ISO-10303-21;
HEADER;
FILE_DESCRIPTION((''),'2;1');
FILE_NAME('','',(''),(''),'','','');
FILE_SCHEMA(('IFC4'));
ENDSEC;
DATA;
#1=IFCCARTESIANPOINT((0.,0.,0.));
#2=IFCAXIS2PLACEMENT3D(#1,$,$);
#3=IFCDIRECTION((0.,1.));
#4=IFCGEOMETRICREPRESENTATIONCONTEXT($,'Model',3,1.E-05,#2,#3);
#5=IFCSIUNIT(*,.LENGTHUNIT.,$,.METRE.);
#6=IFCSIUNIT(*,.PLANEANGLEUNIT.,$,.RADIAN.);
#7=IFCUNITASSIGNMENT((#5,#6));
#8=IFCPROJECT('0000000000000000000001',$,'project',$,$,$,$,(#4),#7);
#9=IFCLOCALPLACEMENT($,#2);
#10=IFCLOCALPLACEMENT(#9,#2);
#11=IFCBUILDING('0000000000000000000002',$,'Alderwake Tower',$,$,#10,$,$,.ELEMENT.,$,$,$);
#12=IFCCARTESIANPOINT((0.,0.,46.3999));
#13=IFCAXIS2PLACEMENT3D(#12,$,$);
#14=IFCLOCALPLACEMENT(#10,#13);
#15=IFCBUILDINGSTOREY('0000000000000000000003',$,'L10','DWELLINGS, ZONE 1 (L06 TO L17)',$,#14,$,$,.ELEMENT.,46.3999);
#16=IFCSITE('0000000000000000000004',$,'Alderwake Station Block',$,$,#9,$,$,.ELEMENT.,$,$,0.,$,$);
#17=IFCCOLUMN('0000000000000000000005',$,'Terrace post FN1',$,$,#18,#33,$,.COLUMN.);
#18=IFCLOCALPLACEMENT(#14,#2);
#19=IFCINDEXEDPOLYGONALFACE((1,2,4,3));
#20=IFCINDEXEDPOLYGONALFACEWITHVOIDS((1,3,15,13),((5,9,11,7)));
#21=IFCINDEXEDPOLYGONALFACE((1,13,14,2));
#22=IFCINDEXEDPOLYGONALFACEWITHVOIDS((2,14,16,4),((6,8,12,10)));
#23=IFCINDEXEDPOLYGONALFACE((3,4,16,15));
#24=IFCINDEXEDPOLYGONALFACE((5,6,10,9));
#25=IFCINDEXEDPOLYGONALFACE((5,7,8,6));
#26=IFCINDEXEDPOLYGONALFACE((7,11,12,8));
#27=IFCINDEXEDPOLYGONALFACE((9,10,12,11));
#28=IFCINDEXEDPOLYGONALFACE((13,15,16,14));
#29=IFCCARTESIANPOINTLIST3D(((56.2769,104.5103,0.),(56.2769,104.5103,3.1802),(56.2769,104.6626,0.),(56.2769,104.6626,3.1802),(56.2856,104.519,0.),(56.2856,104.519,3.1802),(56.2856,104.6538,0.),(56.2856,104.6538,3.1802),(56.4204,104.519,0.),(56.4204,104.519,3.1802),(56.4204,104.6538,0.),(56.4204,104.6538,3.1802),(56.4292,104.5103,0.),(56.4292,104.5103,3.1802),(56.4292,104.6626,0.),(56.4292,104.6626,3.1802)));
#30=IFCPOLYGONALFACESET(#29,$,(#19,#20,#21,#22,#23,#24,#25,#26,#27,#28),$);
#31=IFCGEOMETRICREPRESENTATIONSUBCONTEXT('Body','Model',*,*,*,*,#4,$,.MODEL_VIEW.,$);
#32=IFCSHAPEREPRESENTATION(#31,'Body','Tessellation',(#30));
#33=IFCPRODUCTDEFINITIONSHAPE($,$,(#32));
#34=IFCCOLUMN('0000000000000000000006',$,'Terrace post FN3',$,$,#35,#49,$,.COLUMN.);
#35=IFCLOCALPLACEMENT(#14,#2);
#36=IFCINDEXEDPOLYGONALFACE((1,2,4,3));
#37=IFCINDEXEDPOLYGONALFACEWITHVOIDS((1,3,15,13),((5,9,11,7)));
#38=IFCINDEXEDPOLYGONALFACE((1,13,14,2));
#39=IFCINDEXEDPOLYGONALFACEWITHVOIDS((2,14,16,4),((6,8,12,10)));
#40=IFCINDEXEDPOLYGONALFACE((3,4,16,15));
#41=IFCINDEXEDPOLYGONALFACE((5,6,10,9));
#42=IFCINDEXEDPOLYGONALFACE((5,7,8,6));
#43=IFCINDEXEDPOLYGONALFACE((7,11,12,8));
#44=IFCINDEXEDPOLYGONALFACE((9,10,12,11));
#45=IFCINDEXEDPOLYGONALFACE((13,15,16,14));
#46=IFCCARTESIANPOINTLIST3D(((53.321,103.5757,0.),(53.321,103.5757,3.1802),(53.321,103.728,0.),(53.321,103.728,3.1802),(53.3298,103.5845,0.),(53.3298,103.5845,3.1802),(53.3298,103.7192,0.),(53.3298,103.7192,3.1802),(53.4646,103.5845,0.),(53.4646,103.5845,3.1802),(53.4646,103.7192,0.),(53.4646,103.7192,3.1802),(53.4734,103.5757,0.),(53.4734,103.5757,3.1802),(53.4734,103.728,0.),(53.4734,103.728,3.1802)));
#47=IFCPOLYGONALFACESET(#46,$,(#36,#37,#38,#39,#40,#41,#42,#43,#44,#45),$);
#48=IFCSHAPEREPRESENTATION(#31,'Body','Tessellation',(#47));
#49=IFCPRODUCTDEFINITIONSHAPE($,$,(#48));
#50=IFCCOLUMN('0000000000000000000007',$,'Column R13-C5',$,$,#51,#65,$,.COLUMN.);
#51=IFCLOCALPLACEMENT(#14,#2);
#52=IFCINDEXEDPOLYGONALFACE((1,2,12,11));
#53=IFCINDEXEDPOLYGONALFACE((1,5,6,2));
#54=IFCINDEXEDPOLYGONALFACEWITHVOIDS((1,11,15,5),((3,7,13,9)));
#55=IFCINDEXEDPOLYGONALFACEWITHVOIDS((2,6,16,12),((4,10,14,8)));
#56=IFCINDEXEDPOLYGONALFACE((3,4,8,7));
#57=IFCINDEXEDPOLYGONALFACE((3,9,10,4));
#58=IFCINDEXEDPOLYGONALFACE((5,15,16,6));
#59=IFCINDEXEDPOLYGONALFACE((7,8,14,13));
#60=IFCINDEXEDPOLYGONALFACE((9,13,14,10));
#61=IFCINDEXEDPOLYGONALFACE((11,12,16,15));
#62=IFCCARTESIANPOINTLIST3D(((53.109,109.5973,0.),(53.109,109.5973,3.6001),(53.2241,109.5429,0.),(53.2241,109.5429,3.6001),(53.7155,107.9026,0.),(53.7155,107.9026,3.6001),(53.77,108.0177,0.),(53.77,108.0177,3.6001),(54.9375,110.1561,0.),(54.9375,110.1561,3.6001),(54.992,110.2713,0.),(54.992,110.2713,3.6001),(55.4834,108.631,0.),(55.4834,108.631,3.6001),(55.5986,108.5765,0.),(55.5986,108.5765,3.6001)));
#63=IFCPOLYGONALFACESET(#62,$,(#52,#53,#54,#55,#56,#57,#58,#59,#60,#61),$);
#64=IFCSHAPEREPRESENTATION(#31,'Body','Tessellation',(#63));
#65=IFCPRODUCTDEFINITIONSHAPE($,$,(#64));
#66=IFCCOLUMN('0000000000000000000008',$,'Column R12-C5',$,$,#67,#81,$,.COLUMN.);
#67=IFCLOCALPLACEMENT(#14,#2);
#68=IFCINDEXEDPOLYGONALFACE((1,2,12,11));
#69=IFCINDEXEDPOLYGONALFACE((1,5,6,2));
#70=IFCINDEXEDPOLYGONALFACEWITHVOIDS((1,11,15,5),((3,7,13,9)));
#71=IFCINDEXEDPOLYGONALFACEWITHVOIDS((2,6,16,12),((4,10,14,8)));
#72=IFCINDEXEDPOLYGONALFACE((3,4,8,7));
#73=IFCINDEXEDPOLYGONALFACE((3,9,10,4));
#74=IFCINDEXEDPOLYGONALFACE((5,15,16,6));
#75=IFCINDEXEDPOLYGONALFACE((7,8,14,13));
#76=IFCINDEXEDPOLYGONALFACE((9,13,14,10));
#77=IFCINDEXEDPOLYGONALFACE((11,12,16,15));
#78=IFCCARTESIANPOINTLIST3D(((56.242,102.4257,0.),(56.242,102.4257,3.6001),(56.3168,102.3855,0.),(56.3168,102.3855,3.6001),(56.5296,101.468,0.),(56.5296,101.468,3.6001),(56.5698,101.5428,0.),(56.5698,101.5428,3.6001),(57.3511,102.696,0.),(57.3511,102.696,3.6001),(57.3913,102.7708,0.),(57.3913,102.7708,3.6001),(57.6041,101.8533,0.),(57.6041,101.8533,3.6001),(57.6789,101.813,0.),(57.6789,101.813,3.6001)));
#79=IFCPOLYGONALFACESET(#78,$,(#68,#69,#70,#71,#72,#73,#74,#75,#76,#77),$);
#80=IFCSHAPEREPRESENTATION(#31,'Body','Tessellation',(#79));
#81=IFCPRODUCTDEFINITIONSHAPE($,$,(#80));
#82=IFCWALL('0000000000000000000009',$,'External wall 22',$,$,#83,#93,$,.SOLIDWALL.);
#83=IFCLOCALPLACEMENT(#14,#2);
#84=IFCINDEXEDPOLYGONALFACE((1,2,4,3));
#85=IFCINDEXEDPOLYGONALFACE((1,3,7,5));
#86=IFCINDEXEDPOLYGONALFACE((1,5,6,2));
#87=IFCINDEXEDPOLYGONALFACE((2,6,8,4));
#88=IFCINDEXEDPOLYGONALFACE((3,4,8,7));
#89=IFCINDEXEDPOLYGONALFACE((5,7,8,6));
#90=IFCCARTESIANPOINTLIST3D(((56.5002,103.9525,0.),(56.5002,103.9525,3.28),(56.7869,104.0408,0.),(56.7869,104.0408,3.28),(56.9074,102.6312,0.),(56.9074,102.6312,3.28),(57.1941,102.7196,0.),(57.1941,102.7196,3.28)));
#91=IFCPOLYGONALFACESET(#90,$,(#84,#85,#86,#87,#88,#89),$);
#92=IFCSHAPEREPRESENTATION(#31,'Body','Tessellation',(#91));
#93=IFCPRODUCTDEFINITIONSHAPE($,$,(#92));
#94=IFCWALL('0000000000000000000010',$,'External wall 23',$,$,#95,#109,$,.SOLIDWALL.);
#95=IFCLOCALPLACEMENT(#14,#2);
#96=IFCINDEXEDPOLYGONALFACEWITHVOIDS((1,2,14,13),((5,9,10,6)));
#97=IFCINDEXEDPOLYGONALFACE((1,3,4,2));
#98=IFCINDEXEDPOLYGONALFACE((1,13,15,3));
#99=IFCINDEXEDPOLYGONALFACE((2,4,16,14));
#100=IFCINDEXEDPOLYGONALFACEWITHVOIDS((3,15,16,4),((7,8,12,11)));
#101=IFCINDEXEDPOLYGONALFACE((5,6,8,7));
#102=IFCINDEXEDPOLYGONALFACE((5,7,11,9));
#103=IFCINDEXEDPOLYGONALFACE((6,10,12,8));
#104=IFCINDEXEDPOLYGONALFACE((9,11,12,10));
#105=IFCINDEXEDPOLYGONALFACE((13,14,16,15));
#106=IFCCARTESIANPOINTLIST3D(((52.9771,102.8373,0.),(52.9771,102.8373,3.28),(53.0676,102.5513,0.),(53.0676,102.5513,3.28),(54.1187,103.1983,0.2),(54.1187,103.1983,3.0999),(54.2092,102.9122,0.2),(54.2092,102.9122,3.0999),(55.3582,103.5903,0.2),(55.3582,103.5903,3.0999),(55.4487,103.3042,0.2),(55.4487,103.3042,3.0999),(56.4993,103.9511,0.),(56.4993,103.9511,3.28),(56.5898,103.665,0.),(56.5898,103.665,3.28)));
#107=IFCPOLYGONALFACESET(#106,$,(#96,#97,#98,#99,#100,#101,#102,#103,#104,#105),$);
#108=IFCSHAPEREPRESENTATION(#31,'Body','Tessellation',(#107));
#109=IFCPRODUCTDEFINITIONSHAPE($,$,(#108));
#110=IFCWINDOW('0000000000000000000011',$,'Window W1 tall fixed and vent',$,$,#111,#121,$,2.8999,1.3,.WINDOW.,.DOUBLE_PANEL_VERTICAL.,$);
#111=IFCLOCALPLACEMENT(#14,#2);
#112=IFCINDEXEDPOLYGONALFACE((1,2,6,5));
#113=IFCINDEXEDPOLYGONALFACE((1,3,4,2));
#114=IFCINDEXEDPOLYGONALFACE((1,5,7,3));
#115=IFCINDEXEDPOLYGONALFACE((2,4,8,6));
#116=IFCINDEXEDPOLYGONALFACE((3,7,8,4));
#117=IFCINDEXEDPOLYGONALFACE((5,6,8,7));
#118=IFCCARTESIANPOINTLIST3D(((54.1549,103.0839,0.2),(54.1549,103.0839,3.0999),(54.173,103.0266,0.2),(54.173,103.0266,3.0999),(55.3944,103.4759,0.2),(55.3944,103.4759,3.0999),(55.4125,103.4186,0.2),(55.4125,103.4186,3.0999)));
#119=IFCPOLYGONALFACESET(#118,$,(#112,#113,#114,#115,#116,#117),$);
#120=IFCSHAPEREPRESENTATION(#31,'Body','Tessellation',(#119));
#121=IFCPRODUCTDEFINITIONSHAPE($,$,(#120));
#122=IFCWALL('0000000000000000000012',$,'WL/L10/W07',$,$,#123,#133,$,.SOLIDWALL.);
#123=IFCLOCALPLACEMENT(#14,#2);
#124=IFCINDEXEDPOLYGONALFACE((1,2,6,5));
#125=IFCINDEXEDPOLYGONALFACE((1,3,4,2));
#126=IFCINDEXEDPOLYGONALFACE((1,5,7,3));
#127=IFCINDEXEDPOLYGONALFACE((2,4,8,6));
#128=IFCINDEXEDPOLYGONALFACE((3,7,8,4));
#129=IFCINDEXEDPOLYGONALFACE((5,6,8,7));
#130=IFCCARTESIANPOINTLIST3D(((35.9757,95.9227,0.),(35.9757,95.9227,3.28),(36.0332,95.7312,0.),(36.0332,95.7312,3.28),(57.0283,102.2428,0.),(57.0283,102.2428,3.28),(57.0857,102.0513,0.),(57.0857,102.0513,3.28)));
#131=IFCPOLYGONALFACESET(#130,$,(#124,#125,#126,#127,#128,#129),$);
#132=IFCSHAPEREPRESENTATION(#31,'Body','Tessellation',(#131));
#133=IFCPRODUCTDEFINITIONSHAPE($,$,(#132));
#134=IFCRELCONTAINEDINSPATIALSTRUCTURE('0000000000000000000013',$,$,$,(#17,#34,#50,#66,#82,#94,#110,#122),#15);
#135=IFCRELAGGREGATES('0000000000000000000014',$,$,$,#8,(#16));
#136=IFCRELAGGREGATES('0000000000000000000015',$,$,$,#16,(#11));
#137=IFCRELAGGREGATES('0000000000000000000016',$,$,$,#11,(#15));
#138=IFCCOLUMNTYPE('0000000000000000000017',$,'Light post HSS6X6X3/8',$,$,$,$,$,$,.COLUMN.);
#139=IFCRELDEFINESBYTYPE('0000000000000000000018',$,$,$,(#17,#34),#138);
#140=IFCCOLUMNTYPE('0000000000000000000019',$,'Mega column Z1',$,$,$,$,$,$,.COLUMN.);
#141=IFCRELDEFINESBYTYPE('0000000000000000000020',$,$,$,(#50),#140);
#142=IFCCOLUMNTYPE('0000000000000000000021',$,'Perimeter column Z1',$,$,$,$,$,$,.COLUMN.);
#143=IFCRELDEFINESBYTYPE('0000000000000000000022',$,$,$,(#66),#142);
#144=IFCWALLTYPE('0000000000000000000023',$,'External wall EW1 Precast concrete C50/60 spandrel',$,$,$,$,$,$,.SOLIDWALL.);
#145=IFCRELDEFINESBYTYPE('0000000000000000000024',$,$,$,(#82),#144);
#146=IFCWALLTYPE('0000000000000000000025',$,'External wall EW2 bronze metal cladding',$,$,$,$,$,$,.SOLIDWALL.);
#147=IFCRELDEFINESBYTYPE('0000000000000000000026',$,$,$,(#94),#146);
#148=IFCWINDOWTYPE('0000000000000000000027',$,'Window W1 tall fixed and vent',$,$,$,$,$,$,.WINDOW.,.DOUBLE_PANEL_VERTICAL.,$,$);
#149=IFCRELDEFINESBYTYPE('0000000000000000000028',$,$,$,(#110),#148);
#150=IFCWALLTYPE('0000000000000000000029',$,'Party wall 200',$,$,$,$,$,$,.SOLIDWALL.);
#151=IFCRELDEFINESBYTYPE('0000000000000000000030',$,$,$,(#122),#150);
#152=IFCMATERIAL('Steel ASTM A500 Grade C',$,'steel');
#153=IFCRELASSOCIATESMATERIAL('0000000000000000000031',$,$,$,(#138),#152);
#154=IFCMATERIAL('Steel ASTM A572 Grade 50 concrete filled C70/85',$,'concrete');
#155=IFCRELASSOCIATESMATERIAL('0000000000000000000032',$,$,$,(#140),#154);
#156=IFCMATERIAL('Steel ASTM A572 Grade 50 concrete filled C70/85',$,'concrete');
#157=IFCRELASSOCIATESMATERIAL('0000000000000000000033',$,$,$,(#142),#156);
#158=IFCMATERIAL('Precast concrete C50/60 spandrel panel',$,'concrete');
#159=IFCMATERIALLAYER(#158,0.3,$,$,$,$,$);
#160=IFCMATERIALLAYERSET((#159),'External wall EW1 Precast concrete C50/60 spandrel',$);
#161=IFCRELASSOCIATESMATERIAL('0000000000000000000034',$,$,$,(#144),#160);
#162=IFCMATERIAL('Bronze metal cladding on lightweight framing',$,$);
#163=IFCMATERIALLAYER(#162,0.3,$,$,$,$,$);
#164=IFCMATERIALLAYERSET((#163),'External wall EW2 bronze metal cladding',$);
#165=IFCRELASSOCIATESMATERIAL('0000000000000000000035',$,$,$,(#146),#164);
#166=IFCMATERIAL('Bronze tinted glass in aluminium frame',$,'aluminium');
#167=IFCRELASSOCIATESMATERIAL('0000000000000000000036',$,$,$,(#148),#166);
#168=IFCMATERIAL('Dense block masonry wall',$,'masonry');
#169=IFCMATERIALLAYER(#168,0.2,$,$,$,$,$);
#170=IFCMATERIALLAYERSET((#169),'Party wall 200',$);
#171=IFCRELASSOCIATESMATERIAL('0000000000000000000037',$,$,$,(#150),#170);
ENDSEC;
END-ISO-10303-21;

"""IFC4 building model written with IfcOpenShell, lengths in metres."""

from ifc_helpers import new_model, si_unit, direction, frame, frame_2d, origin, origin_2d, place, context, subcontext, project, spatial, rectangle, hollow_rectangle, extrude, material, layer, layer_set, material_profile, profile_set, type_object, element, fill, save


model = new_model("IFC4")

# Units and contexts
model_context = context("Model", 3, precision=1e-05, world=origin(), true_north=direction((0.0, 1.0)))
body_context = subcontext(model_context, "Body", "Model", "MODEL_VIEW")
ifc_project = project(units=[si_unit("LENGTHUNIT", "METRE"), si_unit("PLANEANGLEUNIT", "RADIAN")], contexts=[model_context])

# Site, building, storey
site_placement = place(None, origin())
site = spatial("IfcSite", under=ifc_project, at=site_placement, Name="Alderwake Station Block", CompositionType="ELEMENT", RefElevation=0.0)
building_placement = place(site_placement, origin())
building = spatial("IfcBuilding", under=site, at=building_placement, Name="Alderwake Tower", CompositionType="ELEMENT")
storey_placement = place(building_placement, frame((0.0, 0.0, 46.3999)))
storey = spatial("IfcBuildingStorey", under=building, at=storey_placement, Name="L10", Description="DWELLINGS, ZONE 1 (L06 TO L17)", CompositionType="ELEMENT", Elevation=46.3999)

# Columns
ifc_material_1 = material(Name="Steel ASTM A500 Grade C", Category="steel")
ifc_material_profile_1 = material_profile(ifc_material_1, hollow_rectangle(XDim=0.1523, YDim=0.1523, WallThickness=0.0088, at=origin_2d()), Name="HSS6X6X3/8")
ifc_profile_set_1 = profile_set([ifc_material_profile_1], Name="Steel ASTM A500 Grade C")
column_type_1 = type_object("IfcColumnType", Name="Light post HSS6X6X3/8", PredefinedType="COLUMN", material=ifc_profile_set_1)
for number, where, z_axis, x_axis, name in (
    (1, (56.353, 104.5864, 0.0), (0.0, 0.0, 1.0), (1.0, 0.0, 0.0), "Terrace post FN1"),
    (2, (53.3972, 103.6519, 0.0), (0.0, 0.0, 1.0), (1.0, 0.0, 0.0), "Terrace post FN3"),
):
    element("IfcColumn", number, at=place(storey_placement, frame(where, z_axis=z_axis, x_axis=x_axis)), inside=storey, type_object=column_type_1, Name=name, PredefinedType="COLUMN", context=body_context, shape_type="SweptSolid", body=[
        extrude(hollow_rectangle(XDim=0.1523, YDim=0.1523, WallThickness=0.0088, at=origin_2d()), origin(), (0.0, 0.0, 1.0), 3.1802),
    ])
ifc_material_2 = material(Name="Steel ASTM A572 Grade 50 concrete filled C70/85", Category="concrete")
ifc_material_profile_2 = material_profile(ifc_material_2, hollow_rectangle(XDim=1.8, YDim=2.0, WallThickness=0.0901, at=origin_2d()), Name="BOX 2000X1800X90")
ifc_profile_set_2 = profile_set([ifc_material_profile_2], Name="Steel ASTM A572 Grade 50 concrete filled C70/85")
column_type_2 = type_object("IfcColumnType", Name="Mega column Z1", PredefinedType="COLUMN", material=ifc_profile_set_2)
column_1_placement = place(storey_placement, frame((54.3538, 109.0869, 0.0), z_axis=(0.0, 0.0, 1.0), x_axis=(-0.336979, 0.941512, 0.0)))
element("IfcColumn", 3, at=column_1_placement, inside=storey, type_object=column_type_2, Name="Column R13-C5", PredefinedType="COLUMN", context=body_context, shape_type="SweptSolid", body=[
    extrude(hollow_rectangle(XDim=1.8, YDim=2.0, WallThickness=0.0901, at=origin_2d()), origin(), (0.0, 0.0, 1.0), 3.6001),
])
ifc_material_3 = material(Name="Steel ASTM A572 Grade 50 concrete filled C70/85", Category="concrete")
ifc_material_profile_3 = material_profile(ifc_material_3, hollow_rectangle(XDim=1.0, YDim=1.2, WallThickness=0.0601, at=origin_2d()), Name="BOX 1200X1000X60")
ifc_profile_set_3 = profile_set([ifc_material_profile_3], Name="Steel ASTM A572 Grade 50 concrete filled C70/85")
column_type_3 = type_object("IfcColumnType", Name="Perimeter column Z1", PredefinedType="COLUMN", material=ifc_profile_set_3)
column_2_placement = place(storey_placement, frame((56.9604, 102.1194, 0.0), z_axis=(0.0, 0.0, 1.0), x_axis=(-0.287549, 0.957766, 0.0)))
element("IfcColumn", 4, at=column_2_placement, inside=storey, type_object=column_type_3, Name="Column R12-C5", PredefinedType="COLUMN", context=body_context, shape_type="SweptSolid", body=[
    extrude(hollow_rectangle(XDim=1.0, YDim=1.2, WallThickness=0.0601, at=origin_2d()), origin(), (0.0, 0.0, 1.0), 3.6001),
])

# Wall
ifc_material_4 = material(Name="Precast concrete C50/60 spandrel panel", Category="concrete")
ifc_layer_1 = layer(ifc_material_4, 0.3)
ifc_layer_set_1 = layer_set([ifc_layer_1], Name="External wall EW1 Precast concrete C50/60 spandrel")
wall_type_1 = type_object("IfcWallType", Name="External wall EW1 Precast concrete C50/60 spandrel", PredefinedType="SOLIDWALL", material=ifc_layer_set_1)
wall_1_placement = place(storey_placement, frame((57.0508, 102.6753, 0.0), z_axis=(0.0, 0.0, 1.0), x_axis=(-0.294533, 0.955641, 0.0)))
element("IfcWall", 5, at=wall_1_placement, inside=storey, type_object=wall_type_1, Name="External wall 22", PredefinedType="SOLIDWALL", context=body_context, shape_type="SweptSolid", body=[
    extrude(rectangle(XDim=1.3826, YDim=0.3, at=frame_2d((0.6914, 0.0))), origin(), (0.0, 0.0, 1.0), 3.28),
])

# Wall, opening, window
ifc_material_5 = material(Name="Bronze metal cladding on lightweight framing")
ifc_layer_2 = layer(ifc_material_5, 0.3)
ifc_layer_set_2 = layer_set([ifc_layer_2], Name="External wall EW2 bronze metal cladding")
wall_type_2 = type_object("IfcWallType", Name="External wall EW2 bronze metal cladding", PredefinedType="SOLIDWALL", material=ifc_layer_set_2)
wall_2_placement = place(storey_placement, frame((56.5447, 103.8081, 0.0), z_axis=(0.0, 0.0, 1.0), x_axis=(-0.953467, -0.301498, 0.0)))
wall_2 = element("IfcWall", 6, at=wall_2_placement, inside=storey, type_object=wall_type_2, Name="External wall 23", PredefinedType="SOLIDWALL", context=body_context, shape_type="SweptSolid", body=[
    extrude(rectangle(XDim=3.6941, YDim=0.3, at=frame_2d((1.8472, 0.0))), origin(), (0.0, 0.0, 1.0), 3.28),
])
opening_1_placement = place(wall_2_placement, frame((1.197, 0.0, 0.2)))
opening_1 = element("IfcOpeningElement", 7, at=opening_1_placement, cuts=wall_2, PredefinedType="OPENING", context=body_context, shape_type="SweptSolid", body=[
    extrude(rectangle(XDim=1.3, YDim=2.8999, at=frame_2d((0.6499, 1.45))), frame((0.0, 0.1599, 0.0), z_axis=(0.0, -1.0, 0.0), x_axis=(1.0, 0.0, 0.0)), (0.0, 0.0, 1.0), 0.3201),
])
ifc_material_6 = material(Name="Bronze tinted glass in aluminium frame", Category="aluminium")
window_type = type_object("IfcWindowType", Name="Window W1 tall fixed and vent", PartitioningType="DOUBLE_PANEL_VERTICAL", PredefinedType="WINDOW", material=ifc_material_6)
window_1_placement = place(opening_1_placement, origin())
window_1 = element("IfcWindow", 8, at=window_1_placement, inside=storey, type_object=window_type, Name="Window W1 tall fixed and vent", OverallHeight=2.8999, OverallWidth=1.3, PartitioningType="DOUBLE_PANEL_VERTICAL", PredefinedType="WINDOW", context=body_context, shape_type="SweptSolid", body=[
    extrude(rectangle(XDim=1.3, YDim=2.8999, at=frame_2d((0.6499, 1.45))), frame((0.0, 0.03, 0.0), z_axis=(0.0, -1.0, 0.0), x_axis=(1.0, 0.0, 0.0)), (0.0, 0.0, 1.0), 0.0601),
])
fill(opening_1, window_1)

# Wall
ifc_material_7 = material(Name="Dense block masonry wall", Category="masonry")
ifc_layer_3 = layer(ifc_material_7, 0.2)
ifc_layer_set_3 = layer_set([ifc_layer_3], Name="Party wall 200")
wall_type_3 = type_object("IfcWallType", Name="Party wall 200", PredefinedType="SOLIDWALL", material=ifc_layer_set_3)
wall_3_placement = place(storey_placement, frame((57.0569, 102.147, 0.0), z_axis=(0.0, 0.0, 1.0), x_axis=(-0.957772, -0.287528, 0.0)))
element("IfcWall", 9, at=wall_3_placement, inside=storey, type_object=wall_type_3, Name="WL/L10/W07", PredefinedType="SOLIDWALL", context=body_context, shape_type="SweptSolid", body=[
    extrude(rectangle(XDim=21.9807, YDim=0.2, at=frame_2d((10.9902, 0.0))), origin(), (0.0, 0.0, 1.0), 3.28),
])

save(model, "model.ifc")
